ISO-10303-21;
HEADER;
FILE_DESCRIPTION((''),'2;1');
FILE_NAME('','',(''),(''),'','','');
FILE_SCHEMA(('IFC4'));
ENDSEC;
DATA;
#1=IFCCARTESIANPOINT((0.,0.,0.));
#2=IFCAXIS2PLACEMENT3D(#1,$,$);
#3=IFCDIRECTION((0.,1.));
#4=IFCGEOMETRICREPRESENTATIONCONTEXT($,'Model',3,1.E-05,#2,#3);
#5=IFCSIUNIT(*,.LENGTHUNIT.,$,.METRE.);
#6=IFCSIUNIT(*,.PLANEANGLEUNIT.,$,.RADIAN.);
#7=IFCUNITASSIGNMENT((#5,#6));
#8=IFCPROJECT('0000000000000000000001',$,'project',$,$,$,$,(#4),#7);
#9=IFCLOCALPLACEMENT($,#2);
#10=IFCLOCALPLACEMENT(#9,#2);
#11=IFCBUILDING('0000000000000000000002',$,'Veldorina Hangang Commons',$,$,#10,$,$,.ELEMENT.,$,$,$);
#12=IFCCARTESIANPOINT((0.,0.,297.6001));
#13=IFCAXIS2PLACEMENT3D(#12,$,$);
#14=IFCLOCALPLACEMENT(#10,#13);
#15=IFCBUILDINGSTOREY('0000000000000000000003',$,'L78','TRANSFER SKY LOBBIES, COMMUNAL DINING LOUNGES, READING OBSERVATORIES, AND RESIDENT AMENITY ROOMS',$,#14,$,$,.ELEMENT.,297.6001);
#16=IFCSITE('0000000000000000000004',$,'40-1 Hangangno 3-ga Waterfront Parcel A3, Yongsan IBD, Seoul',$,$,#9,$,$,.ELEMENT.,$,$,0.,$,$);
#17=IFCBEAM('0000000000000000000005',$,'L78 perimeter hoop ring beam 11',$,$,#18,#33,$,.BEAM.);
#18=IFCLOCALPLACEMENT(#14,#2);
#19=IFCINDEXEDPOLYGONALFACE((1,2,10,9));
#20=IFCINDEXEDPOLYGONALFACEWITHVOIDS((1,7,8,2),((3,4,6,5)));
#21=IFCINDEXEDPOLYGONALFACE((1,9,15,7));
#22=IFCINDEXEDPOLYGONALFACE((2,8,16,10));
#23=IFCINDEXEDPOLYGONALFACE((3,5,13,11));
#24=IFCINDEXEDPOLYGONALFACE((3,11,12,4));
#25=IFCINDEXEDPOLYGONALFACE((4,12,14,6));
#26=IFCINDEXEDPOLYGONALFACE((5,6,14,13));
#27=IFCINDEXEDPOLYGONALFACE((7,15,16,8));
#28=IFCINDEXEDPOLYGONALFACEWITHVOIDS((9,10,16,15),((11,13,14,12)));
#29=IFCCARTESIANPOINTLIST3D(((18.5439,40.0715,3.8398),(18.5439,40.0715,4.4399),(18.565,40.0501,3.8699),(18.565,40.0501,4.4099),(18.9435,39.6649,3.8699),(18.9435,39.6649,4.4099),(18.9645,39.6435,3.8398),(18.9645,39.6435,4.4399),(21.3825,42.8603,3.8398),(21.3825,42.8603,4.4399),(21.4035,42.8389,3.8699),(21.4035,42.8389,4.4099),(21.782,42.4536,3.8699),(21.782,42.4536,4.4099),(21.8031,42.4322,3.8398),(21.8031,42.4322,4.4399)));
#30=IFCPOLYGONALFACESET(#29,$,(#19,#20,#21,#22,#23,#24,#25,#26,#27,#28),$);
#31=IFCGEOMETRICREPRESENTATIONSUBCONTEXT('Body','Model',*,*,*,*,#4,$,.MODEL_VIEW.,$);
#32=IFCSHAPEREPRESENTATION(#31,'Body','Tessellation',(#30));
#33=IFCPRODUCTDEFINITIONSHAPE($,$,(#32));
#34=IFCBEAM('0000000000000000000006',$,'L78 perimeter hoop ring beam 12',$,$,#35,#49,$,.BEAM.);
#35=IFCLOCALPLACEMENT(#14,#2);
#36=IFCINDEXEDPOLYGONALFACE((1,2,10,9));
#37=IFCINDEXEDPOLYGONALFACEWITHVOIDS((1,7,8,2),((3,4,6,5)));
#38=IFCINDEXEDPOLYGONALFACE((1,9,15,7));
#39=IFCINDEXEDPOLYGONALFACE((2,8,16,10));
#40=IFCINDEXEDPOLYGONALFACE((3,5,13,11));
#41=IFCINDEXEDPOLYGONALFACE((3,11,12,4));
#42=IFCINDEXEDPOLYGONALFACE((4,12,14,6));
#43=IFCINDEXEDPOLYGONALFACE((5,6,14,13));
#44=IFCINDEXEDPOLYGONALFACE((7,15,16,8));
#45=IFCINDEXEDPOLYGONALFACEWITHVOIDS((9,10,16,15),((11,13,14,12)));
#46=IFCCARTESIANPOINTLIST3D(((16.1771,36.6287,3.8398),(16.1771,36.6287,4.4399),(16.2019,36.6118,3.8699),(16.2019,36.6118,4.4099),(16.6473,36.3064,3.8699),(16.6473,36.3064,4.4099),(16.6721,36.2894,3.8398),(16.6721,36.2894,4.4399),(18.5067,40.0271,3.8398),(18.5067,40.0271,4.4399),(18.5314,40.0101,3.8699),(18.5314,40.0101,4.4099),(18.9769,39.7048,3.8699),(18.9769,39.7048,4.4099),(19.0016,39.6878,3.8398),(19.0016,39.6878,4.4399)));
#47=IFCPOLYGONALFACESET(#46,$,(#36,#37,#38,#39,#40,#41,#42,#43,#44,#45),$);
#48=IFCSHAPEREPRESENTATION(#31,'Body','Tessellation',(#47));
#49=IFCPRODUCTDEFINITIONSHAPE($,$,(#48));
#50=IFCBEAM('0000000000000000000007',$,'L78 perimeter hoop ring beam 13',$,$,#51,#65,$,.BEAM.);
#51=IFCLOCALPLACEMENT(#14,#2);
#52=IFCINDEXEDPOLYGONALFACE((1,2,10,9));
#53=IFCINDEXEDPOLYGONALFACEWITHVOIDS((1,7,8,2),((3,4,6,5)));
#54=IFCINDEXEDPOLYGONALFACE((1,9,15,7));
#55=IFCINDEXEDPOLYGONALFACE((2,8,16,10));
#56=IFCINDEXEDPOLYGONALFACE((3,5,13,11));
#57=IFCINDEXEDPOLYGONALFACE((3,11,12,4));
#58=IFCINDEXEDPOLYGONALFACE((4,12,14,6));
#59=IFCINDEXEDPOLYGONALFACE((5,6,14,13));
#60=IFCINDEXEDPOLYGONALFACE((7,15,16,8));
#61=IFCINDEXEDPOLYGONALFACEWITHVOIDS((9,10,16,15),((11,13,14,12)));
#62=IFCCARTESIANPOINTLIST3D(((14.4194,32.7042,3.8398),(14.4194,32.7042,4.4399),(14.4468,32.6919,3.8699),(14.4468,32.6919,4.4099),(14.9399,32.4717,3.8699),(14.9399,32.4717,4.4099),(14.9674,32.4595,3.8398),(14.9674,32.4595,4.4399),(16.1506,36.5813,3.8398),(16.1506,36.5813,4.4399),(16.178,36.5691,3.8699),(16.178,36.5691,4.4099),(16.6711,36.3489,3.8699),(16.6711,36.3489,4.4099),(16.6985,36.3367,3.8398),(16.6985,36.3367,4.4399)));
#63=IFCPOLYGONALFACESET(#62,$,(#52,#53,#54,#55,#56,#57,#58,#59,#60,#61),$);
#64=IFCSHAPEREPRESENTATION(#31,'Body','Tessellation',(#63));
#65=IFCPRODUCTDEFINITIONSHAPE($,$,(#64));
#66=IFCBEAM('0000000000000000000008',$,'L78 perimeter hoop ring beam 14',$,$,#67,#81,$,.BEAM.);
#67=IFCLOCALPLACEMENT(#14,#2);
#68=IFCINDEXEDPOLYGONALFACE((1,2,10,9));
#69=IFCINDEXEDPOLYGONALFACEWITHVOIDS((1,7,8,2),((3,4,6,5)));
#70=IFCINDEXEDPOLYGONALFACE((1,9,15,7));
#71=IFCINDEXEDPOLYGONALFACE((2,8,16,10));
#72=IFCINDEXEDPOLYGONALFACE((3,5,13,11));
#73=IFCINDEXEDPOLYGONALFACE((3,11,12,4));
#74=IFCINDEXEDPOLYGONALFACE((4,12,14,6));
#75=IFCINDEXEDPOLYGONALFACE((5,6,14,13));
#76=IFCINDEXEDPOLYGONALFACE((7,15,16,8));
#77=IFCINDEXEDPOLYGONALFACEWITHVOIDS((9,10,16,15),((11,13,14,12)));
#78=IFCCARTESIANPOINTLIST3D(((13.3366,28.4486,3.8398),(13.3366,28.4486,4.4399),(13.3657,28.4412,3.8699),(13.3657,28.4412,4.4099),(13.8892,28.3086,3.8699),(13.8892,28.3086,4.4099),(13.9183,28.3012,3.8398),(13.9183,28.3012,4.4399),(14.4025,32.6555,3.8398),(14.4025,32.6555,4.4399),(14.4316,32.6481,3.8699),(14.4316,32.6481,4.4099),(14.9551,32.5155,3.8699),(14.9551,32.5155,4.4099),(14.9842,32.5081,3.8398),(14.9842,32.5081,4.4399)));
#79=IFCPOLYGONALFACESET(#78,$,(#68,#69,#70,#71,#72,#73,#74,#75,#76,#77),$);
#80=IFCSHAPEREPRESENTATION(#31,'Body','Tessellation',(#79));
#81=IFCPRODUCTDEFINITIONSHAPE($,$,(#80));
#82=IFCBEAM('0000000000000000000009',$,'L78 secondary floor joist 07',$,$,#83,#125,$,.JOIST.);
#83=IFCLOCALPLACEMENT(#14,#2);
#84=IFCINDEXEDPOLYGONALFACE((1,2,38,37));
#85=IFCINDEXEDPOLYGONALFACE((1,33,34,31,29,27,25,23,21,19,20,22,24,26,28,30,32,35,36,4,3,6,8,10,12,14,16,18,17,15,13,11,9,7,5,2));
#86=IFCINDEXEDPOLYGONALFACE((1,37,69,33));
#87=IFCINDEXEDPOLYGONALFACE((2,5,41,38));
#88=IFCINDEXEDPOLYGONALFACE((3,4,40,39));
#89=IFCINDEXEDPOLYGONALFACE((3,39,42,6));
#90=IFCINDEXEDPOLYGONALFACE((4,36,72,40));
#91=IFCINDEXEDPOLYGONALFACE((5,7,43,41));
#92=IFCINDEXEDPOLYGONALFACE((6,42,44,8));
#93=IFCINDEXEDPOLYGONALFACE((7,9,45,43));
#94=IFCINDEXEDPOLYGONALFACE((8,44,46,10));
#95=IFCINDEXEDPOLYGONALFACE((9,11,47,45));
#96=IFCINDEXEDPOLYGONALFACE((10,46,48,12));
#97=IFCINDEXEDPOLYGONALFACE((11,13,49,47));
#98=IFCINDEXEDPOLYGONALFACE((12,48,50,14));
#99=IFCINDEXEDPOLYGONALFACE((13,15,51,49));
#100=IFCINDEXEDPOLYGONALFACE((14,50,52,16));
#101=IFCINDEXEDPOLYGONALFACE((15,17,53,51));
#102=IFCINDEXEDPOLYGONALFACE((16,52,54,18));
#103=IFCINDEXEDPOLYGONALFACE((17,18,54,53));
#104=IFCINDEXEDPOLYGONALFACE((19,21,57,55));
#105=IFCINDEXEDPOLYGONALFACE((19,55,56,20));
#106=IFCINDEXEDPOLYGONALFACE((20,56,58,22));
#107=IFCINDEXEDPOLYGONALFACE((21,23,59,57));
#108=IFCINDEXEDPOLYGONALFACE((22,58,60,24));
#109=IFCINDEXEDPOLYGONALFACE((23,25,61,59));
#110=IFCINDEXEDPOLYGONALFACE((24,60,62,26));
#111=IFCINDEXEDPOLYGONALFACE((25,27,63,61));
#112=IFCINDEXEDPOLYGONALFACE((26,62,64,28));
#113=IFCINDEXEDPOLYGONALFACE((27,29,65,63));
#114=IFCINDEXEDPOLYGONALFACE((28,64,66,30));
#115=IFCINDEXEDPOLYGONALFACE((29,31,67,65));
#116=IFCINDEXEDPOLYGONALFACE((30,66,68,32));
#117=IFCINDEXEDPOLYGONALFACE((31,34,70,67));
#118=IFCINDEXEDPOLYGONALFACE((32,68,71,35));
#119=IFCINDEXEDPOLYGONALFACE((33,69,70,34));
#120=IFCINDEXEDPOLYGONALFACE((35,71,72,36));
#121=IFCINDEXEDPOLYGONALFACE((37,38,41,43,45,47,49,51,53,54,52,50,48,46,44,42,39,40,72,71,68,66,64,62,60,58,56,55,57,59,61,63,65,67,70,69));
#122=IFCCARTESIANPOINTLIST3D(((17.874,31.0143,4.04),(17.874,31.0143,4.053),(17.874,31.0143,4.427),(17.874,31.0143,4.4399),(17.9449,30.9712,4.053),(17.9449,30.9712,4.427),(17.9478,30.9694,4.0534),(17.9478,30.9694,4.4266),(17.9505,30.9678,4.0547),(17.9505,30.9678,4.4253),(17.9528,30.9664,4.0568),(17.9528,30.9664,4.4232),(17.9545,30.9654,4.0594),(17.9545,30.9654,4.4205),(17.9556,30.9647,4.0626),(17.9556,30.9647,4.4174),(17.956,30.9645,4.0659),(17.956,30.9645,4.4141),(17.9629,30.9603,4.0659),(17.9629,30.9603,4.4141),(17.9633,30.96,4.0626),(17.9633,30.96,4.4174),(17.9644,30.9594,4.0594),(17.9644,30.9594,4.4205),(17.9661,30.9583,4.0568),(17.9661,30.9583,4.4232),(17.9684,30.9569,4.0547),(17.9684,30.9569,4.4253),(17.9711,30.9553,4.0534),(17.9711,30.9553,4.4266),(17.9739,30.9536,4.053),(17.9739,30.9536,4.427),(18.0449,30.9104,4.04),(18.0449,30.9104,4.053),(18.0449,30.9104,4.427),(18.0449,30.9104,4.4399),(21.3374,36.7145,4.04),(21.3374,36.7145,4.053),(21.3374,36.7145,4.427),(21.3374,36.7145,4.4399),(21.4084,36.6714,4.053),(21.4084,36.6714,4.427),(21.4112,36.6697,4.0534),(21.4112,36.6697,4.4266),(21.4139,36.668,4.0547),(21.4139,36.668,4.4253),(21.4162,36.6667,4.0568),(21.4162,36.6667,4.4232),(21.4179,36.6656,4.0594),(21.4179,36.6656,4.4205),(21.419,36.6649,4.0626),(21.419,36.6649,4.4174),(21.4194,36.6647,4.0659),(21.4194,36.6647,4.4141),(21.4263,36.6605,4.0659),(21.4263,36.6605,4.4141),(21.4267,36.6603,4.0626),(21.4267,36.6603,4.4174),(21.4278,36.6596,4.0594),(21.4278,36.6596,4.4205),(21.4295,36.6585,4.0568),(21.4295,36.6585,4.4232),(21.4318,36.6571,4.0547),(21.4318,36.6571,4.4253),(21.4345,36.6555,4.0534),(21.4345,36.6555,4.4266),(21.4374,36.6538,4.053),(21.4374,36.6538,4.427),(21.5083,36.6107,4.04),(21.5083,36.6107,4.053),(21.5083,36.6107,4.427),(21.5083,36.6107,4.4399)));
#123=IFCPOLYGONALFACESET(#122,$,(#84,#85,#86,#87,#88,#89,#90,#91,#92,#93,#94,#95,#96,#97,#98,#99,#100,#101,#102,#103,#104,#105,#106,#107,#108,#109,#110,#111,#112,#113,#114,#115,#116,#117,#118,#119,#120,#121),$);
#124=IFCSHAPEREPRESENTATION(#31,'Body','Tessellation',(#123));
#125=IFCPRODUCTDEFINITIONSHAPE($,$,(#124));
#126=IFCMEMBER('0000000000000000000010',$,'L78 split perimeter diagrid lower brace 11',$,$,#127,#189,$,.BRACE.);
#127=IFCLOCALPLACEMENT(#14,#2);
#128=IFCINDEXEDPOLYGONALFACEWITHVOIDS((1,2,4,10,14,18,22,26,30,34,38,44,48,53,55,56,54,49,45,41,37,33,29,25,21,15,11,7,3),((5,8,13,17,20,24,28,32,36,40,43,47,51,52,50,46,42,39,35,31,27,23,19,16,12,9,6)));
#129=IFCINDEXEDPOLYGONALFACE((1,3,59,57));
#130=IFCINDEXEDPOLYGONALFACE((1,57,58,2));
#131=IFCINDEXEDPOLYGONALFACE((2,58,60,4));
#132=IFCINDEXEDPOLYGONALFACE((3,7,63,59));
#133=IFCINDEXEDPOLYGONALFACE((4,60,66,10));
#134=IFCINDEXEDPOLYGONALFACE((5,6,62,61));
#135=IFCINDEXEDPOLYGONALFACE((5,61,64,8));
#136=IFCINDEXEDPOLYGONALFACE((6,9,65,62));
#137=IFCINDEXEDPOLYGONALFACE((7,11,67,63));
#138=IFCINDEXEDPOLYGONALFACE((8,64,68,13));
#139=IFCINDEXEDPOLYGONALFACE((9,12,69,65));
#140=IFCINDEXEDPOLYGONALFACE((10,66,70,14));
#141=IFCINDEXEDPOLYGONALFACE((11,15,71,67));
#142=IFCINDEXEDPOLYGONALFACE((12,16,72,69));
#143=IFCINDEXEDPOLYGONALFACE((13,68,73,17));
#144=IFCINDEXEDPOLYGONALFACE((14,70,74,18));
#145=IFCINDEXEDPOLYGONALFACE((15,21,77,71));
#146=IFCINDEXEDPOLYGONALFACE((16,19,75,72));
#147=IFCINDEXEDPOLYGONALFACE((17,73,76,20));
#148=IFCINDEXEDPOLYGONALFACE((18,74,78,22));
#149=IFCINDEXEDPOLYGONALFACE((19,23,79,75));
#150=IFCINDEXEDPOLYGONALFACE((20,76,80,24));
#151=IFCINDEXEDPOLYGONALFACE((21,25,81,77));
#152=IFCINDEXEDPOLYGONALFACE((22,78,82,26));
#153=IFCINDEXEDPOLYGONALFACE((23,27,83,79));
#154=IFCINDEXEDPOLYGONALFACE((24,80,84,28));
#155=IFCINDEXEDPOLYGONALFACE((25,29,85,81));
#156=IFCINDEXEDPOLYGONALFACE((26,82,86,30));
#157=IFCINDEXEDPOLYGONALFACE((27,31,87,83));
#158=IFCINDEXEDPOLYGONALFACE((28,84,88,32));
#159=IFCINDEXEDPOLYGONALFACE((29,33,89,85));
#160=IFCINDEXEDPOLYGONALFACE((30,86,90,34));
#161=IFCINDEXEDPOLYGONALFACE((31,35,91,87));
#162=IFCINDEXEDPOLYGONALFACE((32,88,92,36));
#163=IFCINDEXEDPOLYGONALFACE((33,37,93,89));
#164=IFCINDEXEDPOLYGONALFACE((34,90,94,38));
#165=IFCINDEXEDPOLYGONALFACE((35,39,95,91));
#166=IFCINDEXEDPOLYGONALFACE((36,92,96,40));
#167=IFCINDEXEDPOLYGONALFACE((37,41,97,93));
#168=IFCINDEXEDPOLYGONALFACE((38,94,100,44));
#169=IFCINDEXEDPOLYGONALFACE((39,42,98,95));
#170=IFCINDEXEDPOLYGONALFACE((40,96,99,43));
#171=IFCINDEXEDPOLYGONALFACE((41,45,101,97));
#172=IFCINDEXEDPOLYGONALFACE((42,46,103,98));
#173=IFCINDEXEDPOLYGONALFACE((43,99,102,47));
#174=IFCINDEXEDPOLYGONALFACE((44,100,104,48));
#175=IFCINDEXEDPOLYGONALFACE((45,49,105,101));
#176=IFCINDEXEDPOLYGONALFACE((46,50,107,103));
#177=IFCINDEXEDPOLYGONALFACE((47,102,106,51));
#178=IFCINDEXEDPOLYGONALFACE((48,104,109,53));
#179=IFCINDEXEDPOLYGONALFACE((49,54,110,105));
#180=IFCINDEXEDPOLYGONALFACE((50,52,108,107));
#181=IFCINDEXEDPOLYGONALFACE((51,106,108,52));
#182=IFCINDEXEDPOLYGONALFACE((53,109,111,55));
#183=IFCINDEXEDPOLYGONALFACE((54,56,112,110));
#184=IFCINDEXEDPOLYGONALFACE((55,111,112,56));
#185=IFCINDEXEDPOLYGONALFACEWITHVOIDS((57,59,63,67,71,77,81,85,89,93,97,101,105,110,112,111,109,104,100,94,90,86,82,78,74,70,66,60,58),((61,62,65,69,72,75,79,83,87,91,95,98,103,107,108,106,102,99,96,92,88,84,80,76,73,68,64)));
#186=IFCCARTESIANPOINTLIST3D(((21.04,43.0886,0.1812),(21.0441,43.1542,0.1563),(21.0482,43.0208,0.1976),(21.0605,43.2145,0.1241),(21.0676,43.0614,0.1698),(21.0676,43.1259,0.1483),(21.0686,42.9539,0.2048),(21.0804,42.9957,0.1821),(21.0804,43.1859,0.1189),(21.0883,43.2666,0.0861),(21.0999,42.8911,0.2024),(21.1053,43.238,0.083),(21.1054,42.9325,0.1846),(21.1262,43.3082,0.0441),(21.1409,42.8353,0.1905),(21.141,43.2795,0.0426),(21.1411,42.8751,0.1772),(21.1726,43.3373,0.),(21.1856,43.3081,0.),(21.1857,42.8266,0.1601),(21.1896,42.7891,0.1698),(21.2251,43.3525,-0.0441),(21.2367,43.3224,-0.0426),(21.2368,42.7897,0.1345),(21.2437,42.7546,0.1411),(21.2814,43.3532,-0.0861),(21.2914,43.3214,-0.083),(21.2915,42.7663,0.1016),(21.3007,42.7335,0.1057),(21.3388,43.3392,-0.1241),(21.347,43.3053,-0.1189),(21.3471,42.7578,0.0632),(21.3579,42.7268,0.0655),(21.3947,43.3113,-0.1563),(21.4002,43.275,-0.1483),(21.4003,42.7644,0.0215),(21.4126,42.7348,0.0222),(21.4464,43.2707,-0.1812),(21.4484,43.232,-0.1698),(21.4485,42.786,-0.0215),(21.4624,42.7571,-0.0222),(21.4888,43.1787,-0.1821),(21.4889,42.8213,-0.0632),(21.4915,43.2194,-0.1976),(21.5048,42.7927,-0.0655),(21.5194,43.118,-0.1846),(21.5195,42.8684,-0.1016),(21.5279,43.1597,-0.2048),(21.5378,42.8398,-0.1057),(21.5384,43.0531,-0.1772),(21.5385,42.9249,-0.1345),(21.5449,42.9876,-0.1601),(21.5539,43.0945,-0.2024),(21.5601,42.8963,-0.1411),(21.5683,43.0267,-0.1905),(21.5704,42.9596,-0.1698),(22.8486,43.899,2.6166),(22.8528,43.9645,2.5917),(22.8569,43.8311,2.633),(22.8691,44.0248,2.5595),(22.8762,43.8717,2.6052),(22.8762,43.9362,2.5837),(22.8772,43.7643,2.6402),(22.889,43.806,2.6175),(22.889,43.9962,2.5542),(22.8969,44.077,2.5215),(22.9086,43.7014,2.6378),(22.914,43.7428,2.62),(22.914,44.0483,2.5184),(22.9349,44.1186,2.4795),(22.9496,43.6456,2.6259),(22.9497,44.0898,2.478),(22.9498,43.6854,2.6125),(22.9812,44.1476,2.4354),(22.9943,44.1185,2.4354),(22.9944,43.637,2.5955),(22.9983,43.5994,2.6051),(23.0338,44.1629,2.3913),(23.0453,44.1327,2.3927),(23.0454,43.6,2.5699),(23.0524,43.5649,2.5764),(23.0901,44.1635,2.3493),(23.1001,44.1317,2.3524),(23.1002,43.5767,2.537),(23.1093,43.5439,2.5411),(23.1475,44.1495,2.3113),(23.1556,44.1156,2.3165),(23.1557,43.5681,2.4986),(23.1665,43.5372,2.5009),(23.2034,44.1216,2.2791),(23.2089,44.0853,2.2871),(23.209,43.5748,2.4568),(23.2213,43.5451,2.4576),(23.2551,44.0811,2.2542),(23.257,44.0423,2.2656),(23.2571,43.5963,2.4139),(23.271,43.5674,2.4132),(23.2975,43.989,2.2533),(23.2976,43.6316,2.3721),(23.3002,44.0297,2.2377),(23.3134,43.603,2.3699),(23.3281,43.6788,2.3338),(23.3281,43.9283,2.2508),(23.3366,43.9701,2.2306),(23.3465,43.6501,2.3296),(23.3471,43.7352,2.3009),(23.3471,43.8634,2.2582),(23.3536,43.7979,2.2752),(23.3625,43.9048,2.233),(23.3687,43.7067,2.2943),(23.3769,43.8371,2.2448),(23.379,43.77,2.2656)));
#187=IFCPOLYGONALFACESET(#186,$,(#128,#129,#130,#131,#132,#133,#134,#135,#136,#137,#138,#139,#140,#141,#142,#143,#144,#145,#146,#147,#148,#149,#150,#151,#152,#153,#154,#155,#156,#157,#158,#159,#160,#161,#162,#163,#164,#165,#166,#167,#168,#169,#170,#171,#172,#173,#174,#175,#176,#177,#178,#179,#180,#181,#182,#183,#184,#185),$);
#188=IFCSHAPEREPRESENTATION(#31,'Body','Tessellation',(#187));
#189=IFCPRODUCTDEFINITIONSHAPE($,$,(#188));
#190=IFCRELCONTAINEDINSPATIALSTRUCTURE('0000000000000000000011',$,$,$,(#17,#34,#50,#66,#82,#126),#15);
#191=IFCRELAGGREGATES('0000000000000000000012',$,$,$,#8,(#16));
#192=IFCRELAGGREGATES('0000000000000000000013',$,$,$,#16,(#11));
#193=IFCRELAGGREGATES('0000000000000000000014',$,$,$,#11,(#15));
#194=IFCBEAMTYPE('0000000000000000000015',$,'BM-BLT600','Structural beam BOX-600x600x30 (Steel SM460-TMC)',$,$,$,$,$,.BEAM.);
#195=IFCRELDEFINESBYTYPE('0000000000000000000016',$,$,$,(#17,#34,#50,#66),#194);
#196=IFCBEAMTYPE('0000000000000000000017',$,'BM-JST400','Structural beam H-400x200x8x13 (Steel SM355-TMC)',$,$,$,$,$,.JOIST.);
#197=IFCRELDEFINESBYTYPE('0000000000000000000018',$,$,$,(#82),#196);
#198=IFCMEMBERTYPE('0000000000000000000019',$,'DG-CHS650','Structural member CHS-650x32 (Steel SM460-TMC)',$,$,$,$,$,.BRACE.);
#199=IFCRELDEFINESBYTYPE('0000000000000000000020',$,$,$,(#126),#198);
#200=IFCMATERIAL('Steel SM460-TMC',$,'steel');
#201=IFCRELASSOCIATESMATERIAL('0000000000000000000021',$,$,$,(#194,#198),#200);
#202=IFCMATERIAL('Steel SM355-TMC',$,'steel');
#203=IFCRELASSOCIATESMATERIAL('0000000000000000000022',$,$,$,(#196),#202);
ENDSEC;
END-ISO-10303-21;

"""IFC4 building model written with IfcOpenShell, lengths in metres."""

from ifc_helpers import new_model, si_unit, direction, frame, origin, origin_2d, place, context, subcontext, project, spatial, hollow_rectangle, hollow_circle, i_section, extrude, material, material_profile, profile_set, type_object, element, save


model = new_model("IFC4")

# Units and contexts
model_context = context("Model", 3, precision=1e-05, world=origin(), true_north=direction((0.0, 1.0)))
body_context = subcontext(model_context, "Body", "Model", "MODEL_VIEW")
ifc_project = project(units=[si_unit("LENGTHUNIT", "METRE"), si_unit("PLANEANGLEUNIT", "RADIAN")], contexts=[model_context])

# Site, building, storey
site_placement = place(None, origin())
site = spatial("IfcSite", under=ifc_project, at=site_placement, Name="40-1 Hangangno 3-ga Waterfront Parcel A3, Yongsan IBD, Seoul", CompositionType="ELEMENT", RefElevation=0.0)
building_placement = place(site_placement, origin())
building = spatial("IfcBuilding", under=site, at=building_placement, Name="Veldorina Hangang Commons", CompositionType="ELEMENT")
storey_placement = place(building_placement, frame((0.0, 0.0, 297.6001)))
storey = spatial("IfcBuildingStorey", under=building, at=storey_placement, Name="L78", Description="TRANSFER SKY LOBBIES, COMMUNAL DINING LOUNGES, READING OBSERVATORIES, AND RESIDENT AMENITY ROOMS", CompositionType="ELEMENT", Elevation=297.6001)

# Beams
ifc_material_1 = material(Name="Steel SM460-TMC", Category="steel")
ifc_material_profile_1 = material_profile(ifc_material_1, hollow_rectangle(XDim=0.6001, YDim=0.6001, WallThickness=0.03, at=origin_2d()), Name="BOX-600x600x30")
ifc_profile_set_1 = profile_set([ifc_material_profile_1], Name="Steel SM460-TMC")
beam_type_1 = type_object("IfcBeamType", Name="BM-BLT600", Description="Structural beam BOX-600x600x30 (Steel SM460-TMC)", PredefinedType="BEAM", material=ifc_profile_set_1)
beam_1_placement = place(storey_placement, frame((21.5928, 42.6462, 4.1399), z_axis=(-0.713337, -0.700821, 0.0), x_axis=(0.700821, -0.713337, 0.0)))
element("IfcBeam", 1, at=beam_1_placement, inside=storey, type_object=beam_type_1, Name="L78 perimeter hoop ring beam 11", PredefinedType="BEAM", context=body_context, shape_type="SweptSolid", body=[
    extrude(hollow_rectangle(XDim=0.6001, YDim=0.6001, WallThickness=0.03, at=origin_2d()), origin(), (0.0, 0.0, 1.0), 3.9792),
])
beam_2_placement = place(storey_placement, frame((18.7542, 39.8574, 4.1399), z_axis=(-0.565402, -0.824816, 0.0), x_axis=(0.824816, -0.565402, 0.0)))
element("IfcBeam", 2, at=beam_2_placement, inside=storey, type_object=beam_type_1, Name="L78 perimeter hoop ring beam 12", PredefinedType="BEAM", context=body_context, shape_type="SweptSolid", body=[
    extrude(hollow_rectangle(XDim=0.6001, YDim=0.6001, WallThickness=0.03, at=origin_2d()), origin(), (0.0, 0.0, 1.0), 4.1201),
])
beam_3_placement = place(storey_placement, frame((16.4246, 36.459, 4.1399), z_axis=(-0.407712, -0.913111, 0.0), x_axis=(0.913111, -0.407712, 0.0)))
element("IfcBeam", 3, at=beam_3_placement, inside=storey, type_object=beam_type_1, Name="L78 perimeter hoop ring beam 13", PredefinedType="BEAM", context=body_context, shape_type="SweptSolid", body=[
    extrude(hollow_rectangle(XDim=0.6001, YDim=0.6001, WallThickness=0.03, at=origin_2d()), origin(), (0.0, 0.0, 1.0), 4.2461),
])
beam_4_placement = place(storey_placement, frame((14.6934, 32.5818, 4.1399), z_axis=(-0.245619, -0.969367, 0.0), x_axis=(0.969367, -0.245619, 0.0)))
element("IfcBeam", 4, at=beam_4_placement, inside=storey, type_object=beam_type_1, Name="L78 perimeter hoop ring beam 14", PredefinedType="BEAM", context=body_context, shape_type="SweptSolid", body=[
    extrude(hollow_rectangle(XDim=0.6001, YDim=0.6001, WallThickness=0.03, at=origin_2d()), origin(), (0.0, 0.0, 1.0), 4.3398),
])
ifc_material_2 = material(Name="Steel SM355-TMC", Category="steel")
ifc_material_profile_2 = material_profile(ifc_material_2, i_section(OverallWidth=0.2, OverallDepth=0.3999, WebThickness=0.0081, FlangeThickness=0.0129, FilletRadius=0.0129, at=origin_2d()), Name="H-400x200x8x13")
ifc_profile_set_2 = profile_set([ifc_material_profile_2], Name="Steel SM355-TMC")
beam_type_2 = type_object("IfcBeamType", Name="BM-JST400", Description="Structural beam H-400x200x8x13 (Steel SM355-TMC)", PredefinedType="JOIST", material=ifc_profile_set_2)
beam_5_placement = place(storey_placement, frame((21.4229, 36.6626, 4.24), z_axis=(-0.519257, -0.854618, 0.0), x_axis=(0.854618, -0.519257, 0.0)))
element("IfcBeam", 5, at=beam_5_placement, inside=storey, type_object=beam_type_2, Name="L78 secondary floor joist 07", PredefinedType="JOIST", context=body_context, shape_type="SweptSolid", body=[
    extrude(i_section(OverallWidth=0.2, OverallDepth=0.3999, WebThickness=0.0081, FlangeThickness=0.0129, FilletRadius=0.0129, at=origin_2d()), origin(), (0.0, 0.0, 1.0), 6.6699),
])

# Member
ifc_material_profile_3 = material_profile(ifc_material_1, hollow_circle(Radius=0.325, WallThickness=0.032, at=origin_2d()), Name="CHS-650x32")
ifc_profile_set_3 = profile_set([ifc_material_profile_3], Name="Steel SM460-TMC")
member_type_1 = type_object("IfcMemberType", Name="DG-CHS650", Description="Structural member CHS-650x32 (Steel SM460-TMC)", PredefinedType="BRACE", material=ifc_profile_set_3)
member_1_placement = place(storey_placement, frame((21.3054, 43.0408, 0.0), z_axis=(0.576023, 0.258075, 0.775625), x_axis=(-0.408868, 0.912593, 0.0)))
element("IfcMember", 6, at=member_1_placement, inside=storey, type_object=member_type_1, Name="L78 split perimeter diagrid lower brace 11", PredefinedType="BRACE", context=body_context, shape_type="SweptSolid", body=[
    extrude(hollow_circle(Radius=0.325, WallThickness=0.032, at=origin_2d()), origin(), (0.0, 0.0, 1.0), 3.1399),
])

save(model, "model.ifc")
